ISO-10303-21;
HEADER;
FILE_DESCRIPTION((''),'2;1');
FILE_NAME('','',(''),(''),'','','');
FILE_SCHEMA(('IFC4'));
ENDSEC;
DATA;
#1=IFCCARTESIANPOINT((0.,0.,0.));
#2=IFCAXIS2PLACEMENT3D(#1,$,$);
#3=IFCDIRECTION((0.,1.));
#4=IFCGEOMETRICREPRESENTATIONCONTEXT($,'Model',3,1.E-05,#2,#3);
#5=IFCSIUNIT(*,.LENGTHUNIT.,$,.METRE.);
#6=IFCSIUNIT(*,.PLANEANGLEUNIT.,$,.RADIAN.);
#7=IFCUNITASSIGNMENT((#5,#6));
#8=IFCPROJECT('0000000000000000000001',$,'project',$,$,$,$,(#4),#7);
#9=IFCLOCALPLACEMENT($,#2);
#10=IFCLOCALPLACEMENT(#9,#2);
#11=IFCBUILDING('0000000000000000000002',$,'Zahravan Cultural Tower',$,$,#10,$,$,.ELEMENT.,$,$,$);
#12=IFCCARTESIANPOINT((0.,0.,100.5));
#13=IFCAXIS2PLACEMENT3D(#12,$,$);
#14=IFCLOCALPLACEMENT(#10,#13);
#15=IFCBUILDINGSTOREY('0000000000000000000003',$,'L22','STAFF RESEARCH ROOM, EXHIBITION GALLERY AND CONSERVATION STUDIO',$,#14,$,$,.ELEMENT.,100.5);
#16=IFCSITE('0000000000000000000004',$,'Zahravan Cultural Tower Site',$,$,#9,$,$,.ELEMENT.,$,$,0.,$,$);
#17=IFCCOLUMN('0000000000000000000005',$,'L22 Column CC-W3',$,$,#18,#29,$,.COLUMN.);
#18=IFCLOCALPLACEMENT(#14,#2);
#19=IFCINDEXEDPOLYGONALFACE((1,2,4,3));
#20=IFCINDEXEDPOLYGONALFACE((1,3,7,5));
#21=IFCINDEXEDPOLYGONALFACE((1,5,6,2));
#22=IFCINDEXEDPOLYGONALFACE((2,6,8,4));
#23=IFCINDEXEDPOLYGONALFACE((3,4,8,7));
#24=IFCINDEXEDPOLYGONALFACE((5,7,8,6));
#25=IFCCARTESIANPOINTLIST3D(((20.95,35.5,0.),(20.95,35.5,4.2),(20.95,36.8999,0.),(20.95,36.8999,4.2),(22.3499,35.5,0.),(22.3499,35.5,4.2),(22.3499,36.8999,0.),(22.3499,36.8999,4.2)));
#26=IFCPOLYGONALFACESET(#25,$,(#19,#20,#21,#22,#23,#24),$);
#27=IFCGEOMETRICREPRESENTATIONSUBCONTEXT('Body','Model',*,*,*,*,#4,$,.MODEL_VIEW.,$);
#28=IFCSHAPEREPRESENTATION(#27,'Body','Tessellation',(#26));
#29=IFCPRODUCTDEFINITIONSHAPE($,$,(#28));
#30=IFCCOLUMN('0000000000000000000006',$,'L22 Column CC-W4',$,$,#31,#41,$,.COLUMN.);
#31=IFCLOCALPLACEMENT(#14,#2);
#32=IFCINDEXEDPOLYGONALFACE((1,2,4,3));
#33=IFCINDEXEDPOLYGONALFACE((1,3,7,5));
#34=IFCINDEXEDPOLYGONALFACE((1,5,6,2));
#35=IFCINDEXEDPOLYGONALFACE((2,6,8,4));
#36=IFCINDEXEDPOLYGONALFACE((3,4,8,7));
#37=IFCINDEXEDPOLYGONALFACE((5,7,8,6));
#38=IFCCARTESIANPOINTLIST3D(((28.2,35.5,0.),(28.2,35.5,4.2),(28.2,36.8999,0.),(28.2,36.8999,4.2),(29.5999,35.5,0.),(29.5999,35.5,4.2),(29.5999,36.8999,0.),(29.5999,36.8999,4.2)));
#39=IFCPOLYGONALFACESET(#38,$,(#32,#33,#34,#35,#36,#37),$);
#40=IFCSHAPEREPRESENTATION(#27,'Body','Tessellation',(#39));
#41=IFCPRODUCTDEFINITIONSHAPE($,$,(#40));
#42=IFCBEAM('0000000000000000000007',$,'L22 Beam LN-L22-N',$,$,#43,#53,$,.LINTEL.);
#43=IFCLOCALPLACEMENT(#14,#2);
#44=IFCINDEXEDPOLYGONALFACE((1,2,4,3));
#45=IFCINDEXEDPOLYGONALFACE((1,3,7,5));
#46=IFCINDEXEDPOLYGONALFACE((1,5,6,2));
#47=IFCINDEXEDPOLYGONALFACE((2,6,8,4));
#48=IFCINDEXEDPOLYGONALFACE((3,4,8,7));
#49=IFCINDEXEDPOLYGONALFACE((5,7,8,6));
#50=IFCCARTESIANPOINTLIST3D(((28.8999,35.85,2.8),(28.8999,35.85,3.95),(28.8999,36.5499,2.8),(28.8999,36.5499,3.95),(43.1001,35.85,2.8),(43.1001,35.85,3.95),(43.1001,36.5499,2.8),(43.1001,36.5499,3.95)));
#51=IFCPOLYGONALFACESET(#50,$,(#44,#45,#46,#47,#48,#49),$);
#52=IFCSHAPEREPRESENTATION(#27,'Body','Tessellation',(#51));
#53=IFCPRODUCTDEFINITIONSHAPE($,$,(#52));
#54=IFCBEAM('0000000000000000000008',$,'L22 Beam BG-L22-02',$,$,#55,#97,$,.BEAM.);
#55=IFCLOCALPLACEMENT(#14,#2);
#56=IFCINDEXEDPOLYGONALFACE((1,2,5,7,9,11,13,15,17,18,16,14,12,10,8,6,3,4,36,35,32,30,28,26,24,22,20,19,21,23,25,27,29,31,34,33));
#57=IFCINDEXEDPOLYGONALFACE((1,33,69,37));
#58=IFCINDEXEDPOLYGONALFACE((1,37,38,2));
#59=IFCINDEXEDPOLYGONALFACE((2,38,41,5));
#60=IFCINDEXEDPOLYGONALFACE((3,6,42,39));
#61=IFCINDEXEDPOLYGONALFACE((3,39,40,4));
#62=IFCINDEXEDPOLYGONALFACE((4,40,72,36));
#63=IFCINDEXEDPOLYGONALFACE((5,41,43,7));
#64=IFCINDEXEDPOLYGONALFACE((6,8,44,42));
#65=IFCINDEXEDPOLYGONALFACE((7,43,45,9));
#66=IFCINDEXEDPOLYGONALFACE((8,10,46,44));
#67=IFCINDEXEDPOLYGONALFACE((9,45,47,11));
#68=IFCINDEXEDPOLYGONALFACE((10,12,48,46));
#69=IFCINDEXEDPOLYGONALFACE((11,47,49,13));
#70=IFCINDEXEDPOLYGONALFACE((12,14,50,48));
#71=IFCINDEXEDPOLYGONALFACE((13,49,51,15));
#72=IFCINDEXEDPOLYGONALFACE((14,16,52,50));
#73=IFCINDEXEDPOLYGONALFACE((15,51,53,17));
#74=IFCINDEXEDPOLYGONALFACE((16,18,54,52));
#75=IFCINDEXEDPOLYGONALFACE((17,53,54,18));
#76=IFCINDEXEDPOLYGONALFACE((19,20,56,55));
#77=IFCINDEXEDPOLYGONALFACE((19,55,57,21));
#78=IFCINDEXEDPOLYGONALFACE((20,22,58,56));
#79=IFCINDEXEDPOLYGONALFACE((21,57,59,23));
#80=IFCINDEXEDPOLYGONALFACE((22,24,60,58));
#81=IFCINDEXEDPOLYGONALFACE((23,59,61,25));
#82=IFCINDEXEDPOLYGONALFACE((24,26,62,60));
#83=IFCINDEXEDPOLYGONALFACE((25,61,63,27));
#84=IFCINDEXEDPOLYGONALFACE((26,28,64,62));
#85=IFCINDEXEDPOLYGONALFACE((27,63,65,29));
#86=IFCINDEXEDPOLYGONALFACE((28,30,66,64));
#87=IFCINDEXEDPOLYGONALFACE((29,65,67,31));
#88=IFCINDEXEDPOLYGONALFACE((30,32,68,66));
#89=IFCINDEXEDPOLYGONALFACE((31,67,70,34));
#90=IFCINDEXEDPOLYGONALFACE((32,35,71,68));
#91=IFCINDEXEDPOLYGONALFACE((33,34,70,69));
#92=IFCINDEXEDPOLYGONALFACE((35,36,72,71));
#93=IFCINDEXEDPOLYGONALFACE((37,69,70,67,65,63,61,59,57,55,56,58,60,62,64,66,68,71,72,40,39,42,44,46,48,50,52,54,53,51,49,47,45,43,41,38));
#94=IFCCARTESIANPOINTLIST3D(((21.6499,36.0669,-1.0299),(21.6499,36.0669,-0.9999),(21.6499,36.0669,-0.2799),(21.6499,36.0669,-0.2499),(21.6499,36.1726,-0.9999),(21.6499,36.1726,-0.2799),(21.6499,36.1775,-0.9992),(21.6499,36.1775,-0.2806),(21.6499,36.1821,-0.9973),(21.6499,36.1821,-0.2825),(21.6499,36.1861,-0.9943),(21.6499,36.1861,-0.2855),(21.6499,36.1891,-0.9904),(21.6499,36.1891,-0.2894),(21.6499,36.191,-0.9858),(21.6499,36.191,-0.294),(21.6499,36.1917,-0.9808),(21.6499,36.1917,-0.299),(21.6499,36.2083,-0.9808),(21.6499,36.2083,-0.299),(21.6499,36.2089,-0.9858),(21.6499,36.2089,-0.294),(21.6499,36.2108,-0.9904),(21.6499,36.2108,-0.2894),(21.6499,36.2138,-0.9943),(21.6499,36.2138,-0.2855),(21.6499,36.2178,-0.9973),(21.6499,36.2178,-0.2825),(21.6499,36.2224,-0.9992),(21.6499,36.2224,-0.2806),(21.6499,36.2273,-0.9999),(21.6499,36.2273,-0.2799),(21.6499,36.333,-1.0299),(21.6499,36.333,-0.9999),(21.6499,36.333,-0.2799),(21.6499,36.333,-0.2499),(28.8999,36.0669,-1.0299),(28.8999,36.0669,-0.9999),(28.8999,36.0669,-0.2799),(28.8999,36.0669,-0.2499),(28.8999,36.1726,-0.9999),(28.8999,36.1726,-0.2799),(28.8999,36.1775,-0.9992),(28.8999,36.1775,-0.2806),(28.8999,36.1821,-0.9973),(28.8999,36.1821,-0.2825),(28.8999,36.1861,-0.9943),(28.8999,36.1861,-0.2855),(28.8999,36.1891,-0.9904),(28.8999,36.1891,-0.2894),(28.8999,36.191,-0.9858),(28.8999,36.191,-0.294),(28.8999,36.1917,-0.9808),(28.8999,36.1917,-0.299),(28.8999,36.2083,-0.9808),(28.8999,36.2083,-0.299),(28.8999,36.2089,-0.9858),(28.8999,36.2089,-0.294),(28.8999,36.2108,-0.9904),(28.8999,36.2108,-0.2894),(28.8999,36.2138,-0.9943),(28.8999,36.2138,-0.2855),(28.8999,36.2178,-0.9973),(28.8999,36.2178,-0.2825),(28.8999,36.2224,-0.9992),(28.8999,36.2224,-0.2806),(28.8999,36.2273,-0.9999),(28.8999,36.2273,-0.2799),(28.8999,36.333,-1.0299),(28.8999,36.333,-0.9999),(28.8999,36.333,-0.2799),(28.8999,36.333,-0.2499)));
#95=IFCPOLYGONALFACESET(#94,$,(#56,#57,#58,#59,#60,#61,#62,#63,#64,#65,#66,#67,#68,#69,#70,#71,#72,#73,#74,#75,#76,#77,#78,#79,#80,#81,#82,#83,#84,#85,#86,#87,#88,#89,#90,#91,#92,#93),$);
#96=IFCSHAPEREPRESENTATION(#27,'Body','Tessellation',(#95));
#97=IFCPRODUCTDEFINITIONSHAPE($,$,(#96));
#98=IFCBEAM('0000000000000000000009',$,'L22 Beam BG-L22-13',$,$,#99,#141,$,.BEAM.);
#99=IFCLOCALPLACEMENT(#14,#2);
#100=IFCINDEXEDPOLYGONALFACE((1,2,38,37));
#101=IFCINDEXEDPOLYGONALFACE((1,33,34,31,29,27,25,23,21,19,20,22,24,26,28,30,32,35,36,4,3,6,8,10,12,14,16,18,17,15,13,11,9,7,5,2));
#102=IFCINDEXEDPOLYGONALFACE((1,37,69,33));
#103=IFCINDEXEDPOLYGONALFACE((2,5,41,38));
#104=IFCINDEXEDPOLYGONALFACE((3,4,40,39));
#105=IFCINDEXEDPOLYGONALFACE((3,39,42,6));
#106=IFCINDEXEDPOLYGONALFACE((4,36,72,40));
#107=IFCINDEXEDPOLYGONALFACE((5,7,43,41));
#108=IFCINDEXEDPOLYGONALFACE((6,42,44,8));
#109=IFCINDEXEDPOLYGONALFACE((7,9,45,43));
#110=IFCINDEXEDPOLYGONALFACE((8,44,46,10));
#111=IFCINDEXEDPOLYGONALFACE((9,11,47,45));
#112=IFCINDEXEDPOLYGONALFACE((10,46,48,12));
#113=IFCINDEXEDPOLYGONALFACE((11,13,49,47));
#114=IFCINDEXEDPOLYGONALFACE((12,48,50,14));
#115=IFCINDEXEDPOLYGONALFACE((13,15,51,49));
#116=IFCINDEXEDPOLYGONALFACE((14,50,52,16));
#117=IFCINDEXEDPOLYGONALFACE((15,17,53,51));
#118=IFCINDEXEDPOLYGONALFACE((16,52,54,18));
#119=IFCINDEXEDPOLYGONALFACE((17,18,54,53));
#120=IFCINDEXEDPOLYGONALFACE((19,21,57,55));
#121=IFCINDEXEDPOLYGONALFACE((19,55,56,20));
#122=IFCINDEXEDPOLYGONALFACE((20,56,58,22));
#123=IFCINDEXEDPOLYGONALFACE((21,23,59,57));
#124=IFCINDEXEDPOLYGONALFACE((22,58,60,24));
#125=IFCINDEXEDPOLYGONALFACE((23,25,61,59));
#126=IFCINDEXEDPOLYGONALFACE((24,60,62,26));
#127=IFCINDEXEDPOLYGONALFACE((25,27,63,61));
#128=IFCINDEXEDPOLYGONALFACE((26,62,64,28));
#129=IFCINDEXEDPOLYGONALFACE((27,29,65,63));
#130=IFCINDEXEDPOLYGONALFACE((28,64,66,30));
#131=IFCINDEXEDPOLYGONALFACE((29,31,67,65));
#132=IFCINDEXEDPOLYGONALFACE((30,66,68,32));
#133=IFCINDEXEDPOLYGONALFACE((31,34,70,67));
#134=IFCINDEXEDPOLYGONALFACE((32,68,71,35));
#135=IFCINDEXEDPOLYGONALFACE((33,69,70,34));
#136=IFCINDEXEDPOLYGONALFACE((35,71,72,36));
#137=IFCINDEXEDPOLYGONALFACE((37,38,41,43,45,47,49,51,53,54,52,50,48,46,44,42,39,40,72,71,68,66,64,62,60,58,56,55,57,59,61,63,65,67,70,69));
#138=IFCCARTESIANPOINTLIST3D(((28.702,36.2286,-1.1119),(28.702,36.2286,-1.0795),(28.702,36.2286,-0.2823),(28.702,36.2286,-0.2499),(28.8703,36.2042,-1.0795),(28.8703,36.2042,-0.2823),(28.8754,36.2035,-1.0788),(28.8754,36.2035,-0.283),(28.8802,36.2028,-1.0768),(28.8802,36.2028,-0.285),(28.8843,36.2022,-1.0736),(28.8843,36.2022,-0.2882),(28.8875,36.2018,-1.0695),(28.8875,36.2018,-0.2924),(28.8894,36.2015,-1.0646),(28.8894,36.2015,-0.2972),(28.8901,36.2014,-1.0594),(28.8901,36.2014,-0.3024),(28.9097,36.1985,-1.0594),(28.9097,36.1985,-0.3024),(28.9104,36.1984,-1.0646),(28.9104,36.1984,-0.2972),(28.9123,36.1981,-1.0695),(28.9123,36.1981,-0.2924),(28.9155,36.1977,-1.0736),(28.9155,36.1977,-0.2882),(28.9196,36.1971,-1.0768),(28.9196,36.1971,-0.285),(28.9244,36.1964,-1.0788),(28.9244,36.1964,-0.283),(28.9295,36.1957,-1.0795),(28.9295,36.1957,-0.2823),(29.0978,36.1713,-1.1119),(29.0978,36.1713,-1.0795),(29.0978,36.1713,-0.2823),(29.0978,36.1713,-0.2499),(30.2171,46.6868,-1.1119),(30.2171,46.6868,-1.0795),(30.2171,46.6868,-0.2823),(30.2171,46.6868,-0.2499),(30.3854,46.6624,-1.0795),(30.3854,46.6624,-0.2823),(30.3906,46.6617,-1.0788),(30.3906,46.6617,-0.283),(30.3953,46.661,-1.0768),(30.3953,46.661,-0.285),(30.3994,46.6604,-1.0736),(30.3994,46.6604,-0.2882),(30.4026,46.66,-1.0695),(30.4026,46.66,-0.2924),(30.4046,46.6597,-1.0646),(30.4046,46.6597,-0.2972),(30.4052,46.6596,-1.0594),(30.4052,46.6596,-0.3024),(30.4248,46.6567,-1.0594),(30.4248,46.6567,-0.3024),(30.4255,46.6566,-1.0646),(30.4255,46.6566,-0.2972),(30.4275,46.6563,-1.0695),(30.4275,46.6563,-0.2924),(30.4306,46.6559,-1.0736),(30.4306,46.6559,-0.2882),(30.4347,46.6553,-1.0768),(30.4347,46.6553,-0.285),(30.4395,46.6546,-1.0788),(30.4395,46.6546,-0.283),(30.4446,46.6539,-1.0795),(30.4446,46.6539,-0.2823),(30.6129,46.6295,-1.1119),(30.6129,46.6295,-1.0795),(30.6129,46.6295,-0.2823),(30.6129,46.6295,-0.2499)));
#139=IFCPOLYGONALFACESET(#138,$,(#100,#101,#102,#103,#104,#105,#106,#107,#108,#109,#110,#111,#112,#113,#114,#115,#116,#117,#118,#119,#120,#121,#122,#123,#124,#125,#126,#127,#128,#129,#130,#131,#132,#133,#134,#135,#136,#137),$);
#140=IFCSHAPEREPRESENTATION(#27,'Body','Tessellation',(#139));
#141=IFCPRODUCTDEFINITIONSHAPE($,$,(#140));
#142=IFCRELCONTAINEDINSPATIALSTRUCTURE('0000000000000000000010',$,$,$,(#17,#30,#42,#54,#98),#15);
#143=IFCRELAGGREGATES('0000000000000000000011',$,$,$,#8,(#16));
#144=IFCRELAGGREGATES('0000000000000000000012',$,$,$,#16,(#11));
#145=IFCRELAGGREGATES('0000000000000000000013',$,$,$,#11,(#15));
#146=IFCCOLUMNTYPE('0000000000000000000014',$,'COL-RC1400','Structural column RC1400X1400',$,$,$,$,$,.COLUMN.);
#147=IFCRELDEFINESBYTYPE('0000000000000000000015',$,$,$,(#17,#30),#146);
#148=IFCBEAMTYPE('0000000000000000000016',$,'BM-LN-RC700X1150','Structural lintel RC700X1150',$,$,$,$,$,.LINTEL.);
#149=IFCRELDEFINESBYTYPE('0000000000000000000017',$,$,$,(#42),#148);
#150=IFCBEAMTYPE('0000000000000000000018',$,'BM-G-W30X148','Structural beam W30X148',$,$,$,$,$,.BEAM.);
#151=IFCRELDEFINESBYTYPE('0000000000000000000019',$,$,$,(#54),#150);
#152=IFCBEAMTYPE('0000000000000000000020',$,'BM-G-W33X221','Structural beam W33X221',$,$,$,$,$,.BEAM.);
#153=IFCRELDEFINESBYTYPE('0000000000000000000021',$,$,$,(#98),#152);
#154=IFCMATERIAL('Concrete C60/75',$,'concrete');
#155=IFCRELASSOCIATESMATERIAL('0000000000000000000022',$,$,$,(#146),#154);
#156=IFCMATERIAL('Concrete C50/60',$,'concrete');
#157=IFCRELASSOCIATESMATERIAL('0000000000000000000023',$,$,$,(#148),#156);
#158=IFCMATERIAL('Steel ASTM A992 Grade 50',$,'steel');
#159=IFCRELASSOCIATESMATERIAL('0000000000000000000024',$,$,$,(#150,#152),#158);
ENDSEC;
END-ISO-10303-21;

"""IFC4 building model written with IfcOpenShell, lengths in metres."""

from ifc_helpers import new_model, si_unit, direction, frame, origin, origin_2d, place, context, subcontext, project, spatial, rectangle, i_section, extrude, source, transform, mapped, material, material_profile, profile_set, type_object, element, save


model = new_model("IFC4")

# Units and contexts
model_context = context("Model", 3, precision=1e-05, world=origin(), true_north=direction((0.0, 1.0)))
body_context = subcontext(model_context, "Body", "Model", "MODEL_VIEW")
ifc_project = project(units=[si_unit("LENGTHUNIT", "METRE"), si_unit("PLANEANGLEUNIT", "RADIAN")], contexts=[model_context])

# Site, building, storey
site_placement = place(None, origin())
site = spatial("IfcSite", under=ifc_project, at=site_placement, Name="Zahravan Cultural Tower Site", CompositionType="ELEMENT", RefElevation=0.0)
building_placement = place(site_placement, origin())
building = spatial("IfcBuilding", under=site, at=building_placement, Name="Zahravan Cultural Tower", CompositionType="ELEMENT")
storey_placement = place(building_placement, frame((0.0, 0.0, 100.5)))
storey = spatial("IfcBuildingStorey", under=building, at=storey_placement, Name="L22", Description="STAFF RESEARCH ROOM, EXHIBITION GALLERY AND CONSERVATION STUDIO", CompositionType="ELEMENT", Elevation=100.5)

# Columns
ifc_material_1 = material(Name="Concrete C60/75", Category="concrete")
ifc_material_profile_1 = material_profile(ifc_material_1, rectangle(XDim=1.3999, YDim=1.3999, at=origin_2d()), Name="RC1400X1400")
ifc_profile_set_1 = profile_set([ifc_material_profile_1], Name="Concrete C60/75")
column_type = type_object("IfcColumnType", Name="COL-RC1400", Description="Structural column RC1400X1400", PredefinedType="COLUMN", material=ifc_profile_set_1)
shared_shape_1 = source(origin(), body_context, "Body", "SweptSolid", [
    extrude(rectangle(XDim=1.3999, YDim=1.3999, at=origin_2d()), origin(), (0.0, 0.0, 1.0), 4.2),
])
for number, where, z_axis, x_axis, name in (
    (1, (21.6499, 36.2, 0.0), (0.0, 0.0, 1.0), (1.0, 0.0, 0.0), "L22 Column CC-W3"),
    (2, (28.8999, 36.2, 0.0), (0.0, 0.0, 1.0), (1.0, 0.0, 0.0), "L22 Column CC-W4"),
):
    element("IfcColumn", number, at=place(storey_placement, frame(where, z_axis=z_axis, x_axis=x_axis)), inside=storey, type_object=column_type, Name=name, PredefinedType="COLUMN", context=body_context, shape_type="MappedRepresentation", body=[
        mapped(shared_shape_1, transform((0.0, 0.0, 0.0), x_axis=(1.0, 0.0, 0.0), y_axis=(0.0, 1.0, 0.0), z_axis=(0.0, 0.0, 1.0), scale=1.0)),
    ])

# Beams
ifc_material_2 = material(Name="Concrete C50/60", Category="concrete")
ifc_material_profile_2 = material_profile(ifc_material_2, rectangle(XDim=0.7, YDim=1.1499, at=origin_2d()), Name="RC700X1150")
ifc_profile_set_2 = profile_set([ifc_material_profile_2], Name="Concrete C50/60")
beam_type_1 = type_object("IfcBeamType", Name="BM-LN-RC700X1150", Description="Structural lintel RC700X1150", PredefinedType="LINTEL", material=ifc_profile_set_2)
shared_shape_2 = source(origin(), body_context, "Body", "SweptSolid", [
    extrude(rectangle(XDim=0.7, YDim=1.1499, at=origin_2d()), origin(), (0.0, 0.0, 1.0), 14.2002),
])
beam_1_placement = place(storey_placement, frame((28.8999, 36.2, 3.375), z_axis=(1.0, 0.0, 0.0), x_axis=(0.0, 1.0, 0.0)))
element("IfcBeam", 3, at=beam_1_placement, inside=storey, type_object=beam_type_1, Name="L22 Beam LN-L22-N", PredefinedType="LINTEL", context=body_context, shape_type="MappedRepresentation", body=[
    mapped(shared_shape_2, transform((0.0, 0.0, 0.0), x_axis=(1.0, 0.0, 0.0), y_axis=(0.0, 1.0, 0.0), z_axis=(0.0, 0.0, 1.0), scale=1.0)),
])
ifc_material_3 = material(Name="Steel ASTM A992 Grade 50", Category="steel")
ifc_material_profile_3 = material_profile(ifc_material_3, i_section(OverallWidth=0.2661, OverallDepth=0.78, WebThickness=0.0166, FlangeThickness=0.03, FilletRadius=0.019, at=origin_2d()), Name="W30X148")
ifc_profile_set_3 = profile_set([ifc_material_profile_3], Name="Steel ASTM A992 Grade 50")
beam_type_2 = type_object("IfcBeamType", Name="BM-G-W30X148", Description="Structural beam W30X148", PredefinedType="BEAM", material=ifc_profile_set_3)
shared_shape_3 = source(origin(), body_context, "Body", "SweptSolid", [
    extrude(i_section(OverallWidth=0.2661, OverallDepth=0.78, WebThickness=0.0166, FlangeThickness=0.03, FilletRadius=0.019, at=origin_2d()), origin(), (0.0, 0.0, 1.0), 7.25),
])
beam_2_placement = place(storey_placement, frame((21.6499, 36.2, -0.6399), z_axis=(1.0, 0.0, 0.0), x_axis=(0.0, 1.0, 0.0)))
element("IfcBeam", 4, at=beam_2_placement, inside=storey, type_object=beam_type_2, Name="L22 Beam BG-L22-02", PredefinedType="BEAM", context=body_context, shape_type="MappedRepresentation", body=[
    mapped(shared_shape_3, transform((0.0, 0.0, 0.0), x_axis=(1.0, 0.0, 0.0), y_axis=(0.0, 1.0, 0.0), z_axis=(0.0, 0.0, 1.0), scale=1.0)),
])
ifc_material_profile_4 = material_profile(ifc_material_3, i_section(OverallWidth=0.3999, OverallDepth=0.8621, WebThickness=0.0198, FlangeThickness=0.0325, FilletRadius=0.02, at=origin_2d()), Name="W33X221")
ifc_profile_set_4 = profile_set([ifc_material_profile_4], Name="Steel ASTM A992 Grade 50")
beam_type_3 = type_object("IfcBeamType", Name="BM-G-W33X221", Description="Structural beam W33X221", PredefinedType="BEAM", material=ifc_profile_set_4)
shared_shape_4 = source(origin(), body_context, "Body", "SweptSolid", [
    extrude(i_section(OverallWidth=0.3999, OverallDepth=0.8621, WebThickness=0.0198, FlangeThickness=0.0325, FilletRadius=0.02, at=origin_2d()), origin(), (0.0, 0.0, 1.0), 10.5674),
])
beam_3_placement = place(storey_placement, frame((28.8999, 36.2, -0.6809), z_axis=(0.143378, 0.989668, 0.0), x_axis=(-0.989668, 0.143378, 0.0)))
element("IfcBeam", 5, at=beam_3_placement, inside=storey, type_object=beam_type_3, Name="L22 Beam BG-L22-13", PredefinedType="BEAM", context=body_context, shape_type="MappedRepresentation", body=[
    mapped(shared_shape_4, transform((0.0, 0.0, 0.0), x_axis=(1.0, 0.0, 0.0), y_axis=(0.0, 1.0, 0.0), z_axis=(0.0, 0.0, 1.0), scale=1.0)),
])

save(model, "model.ifc")
